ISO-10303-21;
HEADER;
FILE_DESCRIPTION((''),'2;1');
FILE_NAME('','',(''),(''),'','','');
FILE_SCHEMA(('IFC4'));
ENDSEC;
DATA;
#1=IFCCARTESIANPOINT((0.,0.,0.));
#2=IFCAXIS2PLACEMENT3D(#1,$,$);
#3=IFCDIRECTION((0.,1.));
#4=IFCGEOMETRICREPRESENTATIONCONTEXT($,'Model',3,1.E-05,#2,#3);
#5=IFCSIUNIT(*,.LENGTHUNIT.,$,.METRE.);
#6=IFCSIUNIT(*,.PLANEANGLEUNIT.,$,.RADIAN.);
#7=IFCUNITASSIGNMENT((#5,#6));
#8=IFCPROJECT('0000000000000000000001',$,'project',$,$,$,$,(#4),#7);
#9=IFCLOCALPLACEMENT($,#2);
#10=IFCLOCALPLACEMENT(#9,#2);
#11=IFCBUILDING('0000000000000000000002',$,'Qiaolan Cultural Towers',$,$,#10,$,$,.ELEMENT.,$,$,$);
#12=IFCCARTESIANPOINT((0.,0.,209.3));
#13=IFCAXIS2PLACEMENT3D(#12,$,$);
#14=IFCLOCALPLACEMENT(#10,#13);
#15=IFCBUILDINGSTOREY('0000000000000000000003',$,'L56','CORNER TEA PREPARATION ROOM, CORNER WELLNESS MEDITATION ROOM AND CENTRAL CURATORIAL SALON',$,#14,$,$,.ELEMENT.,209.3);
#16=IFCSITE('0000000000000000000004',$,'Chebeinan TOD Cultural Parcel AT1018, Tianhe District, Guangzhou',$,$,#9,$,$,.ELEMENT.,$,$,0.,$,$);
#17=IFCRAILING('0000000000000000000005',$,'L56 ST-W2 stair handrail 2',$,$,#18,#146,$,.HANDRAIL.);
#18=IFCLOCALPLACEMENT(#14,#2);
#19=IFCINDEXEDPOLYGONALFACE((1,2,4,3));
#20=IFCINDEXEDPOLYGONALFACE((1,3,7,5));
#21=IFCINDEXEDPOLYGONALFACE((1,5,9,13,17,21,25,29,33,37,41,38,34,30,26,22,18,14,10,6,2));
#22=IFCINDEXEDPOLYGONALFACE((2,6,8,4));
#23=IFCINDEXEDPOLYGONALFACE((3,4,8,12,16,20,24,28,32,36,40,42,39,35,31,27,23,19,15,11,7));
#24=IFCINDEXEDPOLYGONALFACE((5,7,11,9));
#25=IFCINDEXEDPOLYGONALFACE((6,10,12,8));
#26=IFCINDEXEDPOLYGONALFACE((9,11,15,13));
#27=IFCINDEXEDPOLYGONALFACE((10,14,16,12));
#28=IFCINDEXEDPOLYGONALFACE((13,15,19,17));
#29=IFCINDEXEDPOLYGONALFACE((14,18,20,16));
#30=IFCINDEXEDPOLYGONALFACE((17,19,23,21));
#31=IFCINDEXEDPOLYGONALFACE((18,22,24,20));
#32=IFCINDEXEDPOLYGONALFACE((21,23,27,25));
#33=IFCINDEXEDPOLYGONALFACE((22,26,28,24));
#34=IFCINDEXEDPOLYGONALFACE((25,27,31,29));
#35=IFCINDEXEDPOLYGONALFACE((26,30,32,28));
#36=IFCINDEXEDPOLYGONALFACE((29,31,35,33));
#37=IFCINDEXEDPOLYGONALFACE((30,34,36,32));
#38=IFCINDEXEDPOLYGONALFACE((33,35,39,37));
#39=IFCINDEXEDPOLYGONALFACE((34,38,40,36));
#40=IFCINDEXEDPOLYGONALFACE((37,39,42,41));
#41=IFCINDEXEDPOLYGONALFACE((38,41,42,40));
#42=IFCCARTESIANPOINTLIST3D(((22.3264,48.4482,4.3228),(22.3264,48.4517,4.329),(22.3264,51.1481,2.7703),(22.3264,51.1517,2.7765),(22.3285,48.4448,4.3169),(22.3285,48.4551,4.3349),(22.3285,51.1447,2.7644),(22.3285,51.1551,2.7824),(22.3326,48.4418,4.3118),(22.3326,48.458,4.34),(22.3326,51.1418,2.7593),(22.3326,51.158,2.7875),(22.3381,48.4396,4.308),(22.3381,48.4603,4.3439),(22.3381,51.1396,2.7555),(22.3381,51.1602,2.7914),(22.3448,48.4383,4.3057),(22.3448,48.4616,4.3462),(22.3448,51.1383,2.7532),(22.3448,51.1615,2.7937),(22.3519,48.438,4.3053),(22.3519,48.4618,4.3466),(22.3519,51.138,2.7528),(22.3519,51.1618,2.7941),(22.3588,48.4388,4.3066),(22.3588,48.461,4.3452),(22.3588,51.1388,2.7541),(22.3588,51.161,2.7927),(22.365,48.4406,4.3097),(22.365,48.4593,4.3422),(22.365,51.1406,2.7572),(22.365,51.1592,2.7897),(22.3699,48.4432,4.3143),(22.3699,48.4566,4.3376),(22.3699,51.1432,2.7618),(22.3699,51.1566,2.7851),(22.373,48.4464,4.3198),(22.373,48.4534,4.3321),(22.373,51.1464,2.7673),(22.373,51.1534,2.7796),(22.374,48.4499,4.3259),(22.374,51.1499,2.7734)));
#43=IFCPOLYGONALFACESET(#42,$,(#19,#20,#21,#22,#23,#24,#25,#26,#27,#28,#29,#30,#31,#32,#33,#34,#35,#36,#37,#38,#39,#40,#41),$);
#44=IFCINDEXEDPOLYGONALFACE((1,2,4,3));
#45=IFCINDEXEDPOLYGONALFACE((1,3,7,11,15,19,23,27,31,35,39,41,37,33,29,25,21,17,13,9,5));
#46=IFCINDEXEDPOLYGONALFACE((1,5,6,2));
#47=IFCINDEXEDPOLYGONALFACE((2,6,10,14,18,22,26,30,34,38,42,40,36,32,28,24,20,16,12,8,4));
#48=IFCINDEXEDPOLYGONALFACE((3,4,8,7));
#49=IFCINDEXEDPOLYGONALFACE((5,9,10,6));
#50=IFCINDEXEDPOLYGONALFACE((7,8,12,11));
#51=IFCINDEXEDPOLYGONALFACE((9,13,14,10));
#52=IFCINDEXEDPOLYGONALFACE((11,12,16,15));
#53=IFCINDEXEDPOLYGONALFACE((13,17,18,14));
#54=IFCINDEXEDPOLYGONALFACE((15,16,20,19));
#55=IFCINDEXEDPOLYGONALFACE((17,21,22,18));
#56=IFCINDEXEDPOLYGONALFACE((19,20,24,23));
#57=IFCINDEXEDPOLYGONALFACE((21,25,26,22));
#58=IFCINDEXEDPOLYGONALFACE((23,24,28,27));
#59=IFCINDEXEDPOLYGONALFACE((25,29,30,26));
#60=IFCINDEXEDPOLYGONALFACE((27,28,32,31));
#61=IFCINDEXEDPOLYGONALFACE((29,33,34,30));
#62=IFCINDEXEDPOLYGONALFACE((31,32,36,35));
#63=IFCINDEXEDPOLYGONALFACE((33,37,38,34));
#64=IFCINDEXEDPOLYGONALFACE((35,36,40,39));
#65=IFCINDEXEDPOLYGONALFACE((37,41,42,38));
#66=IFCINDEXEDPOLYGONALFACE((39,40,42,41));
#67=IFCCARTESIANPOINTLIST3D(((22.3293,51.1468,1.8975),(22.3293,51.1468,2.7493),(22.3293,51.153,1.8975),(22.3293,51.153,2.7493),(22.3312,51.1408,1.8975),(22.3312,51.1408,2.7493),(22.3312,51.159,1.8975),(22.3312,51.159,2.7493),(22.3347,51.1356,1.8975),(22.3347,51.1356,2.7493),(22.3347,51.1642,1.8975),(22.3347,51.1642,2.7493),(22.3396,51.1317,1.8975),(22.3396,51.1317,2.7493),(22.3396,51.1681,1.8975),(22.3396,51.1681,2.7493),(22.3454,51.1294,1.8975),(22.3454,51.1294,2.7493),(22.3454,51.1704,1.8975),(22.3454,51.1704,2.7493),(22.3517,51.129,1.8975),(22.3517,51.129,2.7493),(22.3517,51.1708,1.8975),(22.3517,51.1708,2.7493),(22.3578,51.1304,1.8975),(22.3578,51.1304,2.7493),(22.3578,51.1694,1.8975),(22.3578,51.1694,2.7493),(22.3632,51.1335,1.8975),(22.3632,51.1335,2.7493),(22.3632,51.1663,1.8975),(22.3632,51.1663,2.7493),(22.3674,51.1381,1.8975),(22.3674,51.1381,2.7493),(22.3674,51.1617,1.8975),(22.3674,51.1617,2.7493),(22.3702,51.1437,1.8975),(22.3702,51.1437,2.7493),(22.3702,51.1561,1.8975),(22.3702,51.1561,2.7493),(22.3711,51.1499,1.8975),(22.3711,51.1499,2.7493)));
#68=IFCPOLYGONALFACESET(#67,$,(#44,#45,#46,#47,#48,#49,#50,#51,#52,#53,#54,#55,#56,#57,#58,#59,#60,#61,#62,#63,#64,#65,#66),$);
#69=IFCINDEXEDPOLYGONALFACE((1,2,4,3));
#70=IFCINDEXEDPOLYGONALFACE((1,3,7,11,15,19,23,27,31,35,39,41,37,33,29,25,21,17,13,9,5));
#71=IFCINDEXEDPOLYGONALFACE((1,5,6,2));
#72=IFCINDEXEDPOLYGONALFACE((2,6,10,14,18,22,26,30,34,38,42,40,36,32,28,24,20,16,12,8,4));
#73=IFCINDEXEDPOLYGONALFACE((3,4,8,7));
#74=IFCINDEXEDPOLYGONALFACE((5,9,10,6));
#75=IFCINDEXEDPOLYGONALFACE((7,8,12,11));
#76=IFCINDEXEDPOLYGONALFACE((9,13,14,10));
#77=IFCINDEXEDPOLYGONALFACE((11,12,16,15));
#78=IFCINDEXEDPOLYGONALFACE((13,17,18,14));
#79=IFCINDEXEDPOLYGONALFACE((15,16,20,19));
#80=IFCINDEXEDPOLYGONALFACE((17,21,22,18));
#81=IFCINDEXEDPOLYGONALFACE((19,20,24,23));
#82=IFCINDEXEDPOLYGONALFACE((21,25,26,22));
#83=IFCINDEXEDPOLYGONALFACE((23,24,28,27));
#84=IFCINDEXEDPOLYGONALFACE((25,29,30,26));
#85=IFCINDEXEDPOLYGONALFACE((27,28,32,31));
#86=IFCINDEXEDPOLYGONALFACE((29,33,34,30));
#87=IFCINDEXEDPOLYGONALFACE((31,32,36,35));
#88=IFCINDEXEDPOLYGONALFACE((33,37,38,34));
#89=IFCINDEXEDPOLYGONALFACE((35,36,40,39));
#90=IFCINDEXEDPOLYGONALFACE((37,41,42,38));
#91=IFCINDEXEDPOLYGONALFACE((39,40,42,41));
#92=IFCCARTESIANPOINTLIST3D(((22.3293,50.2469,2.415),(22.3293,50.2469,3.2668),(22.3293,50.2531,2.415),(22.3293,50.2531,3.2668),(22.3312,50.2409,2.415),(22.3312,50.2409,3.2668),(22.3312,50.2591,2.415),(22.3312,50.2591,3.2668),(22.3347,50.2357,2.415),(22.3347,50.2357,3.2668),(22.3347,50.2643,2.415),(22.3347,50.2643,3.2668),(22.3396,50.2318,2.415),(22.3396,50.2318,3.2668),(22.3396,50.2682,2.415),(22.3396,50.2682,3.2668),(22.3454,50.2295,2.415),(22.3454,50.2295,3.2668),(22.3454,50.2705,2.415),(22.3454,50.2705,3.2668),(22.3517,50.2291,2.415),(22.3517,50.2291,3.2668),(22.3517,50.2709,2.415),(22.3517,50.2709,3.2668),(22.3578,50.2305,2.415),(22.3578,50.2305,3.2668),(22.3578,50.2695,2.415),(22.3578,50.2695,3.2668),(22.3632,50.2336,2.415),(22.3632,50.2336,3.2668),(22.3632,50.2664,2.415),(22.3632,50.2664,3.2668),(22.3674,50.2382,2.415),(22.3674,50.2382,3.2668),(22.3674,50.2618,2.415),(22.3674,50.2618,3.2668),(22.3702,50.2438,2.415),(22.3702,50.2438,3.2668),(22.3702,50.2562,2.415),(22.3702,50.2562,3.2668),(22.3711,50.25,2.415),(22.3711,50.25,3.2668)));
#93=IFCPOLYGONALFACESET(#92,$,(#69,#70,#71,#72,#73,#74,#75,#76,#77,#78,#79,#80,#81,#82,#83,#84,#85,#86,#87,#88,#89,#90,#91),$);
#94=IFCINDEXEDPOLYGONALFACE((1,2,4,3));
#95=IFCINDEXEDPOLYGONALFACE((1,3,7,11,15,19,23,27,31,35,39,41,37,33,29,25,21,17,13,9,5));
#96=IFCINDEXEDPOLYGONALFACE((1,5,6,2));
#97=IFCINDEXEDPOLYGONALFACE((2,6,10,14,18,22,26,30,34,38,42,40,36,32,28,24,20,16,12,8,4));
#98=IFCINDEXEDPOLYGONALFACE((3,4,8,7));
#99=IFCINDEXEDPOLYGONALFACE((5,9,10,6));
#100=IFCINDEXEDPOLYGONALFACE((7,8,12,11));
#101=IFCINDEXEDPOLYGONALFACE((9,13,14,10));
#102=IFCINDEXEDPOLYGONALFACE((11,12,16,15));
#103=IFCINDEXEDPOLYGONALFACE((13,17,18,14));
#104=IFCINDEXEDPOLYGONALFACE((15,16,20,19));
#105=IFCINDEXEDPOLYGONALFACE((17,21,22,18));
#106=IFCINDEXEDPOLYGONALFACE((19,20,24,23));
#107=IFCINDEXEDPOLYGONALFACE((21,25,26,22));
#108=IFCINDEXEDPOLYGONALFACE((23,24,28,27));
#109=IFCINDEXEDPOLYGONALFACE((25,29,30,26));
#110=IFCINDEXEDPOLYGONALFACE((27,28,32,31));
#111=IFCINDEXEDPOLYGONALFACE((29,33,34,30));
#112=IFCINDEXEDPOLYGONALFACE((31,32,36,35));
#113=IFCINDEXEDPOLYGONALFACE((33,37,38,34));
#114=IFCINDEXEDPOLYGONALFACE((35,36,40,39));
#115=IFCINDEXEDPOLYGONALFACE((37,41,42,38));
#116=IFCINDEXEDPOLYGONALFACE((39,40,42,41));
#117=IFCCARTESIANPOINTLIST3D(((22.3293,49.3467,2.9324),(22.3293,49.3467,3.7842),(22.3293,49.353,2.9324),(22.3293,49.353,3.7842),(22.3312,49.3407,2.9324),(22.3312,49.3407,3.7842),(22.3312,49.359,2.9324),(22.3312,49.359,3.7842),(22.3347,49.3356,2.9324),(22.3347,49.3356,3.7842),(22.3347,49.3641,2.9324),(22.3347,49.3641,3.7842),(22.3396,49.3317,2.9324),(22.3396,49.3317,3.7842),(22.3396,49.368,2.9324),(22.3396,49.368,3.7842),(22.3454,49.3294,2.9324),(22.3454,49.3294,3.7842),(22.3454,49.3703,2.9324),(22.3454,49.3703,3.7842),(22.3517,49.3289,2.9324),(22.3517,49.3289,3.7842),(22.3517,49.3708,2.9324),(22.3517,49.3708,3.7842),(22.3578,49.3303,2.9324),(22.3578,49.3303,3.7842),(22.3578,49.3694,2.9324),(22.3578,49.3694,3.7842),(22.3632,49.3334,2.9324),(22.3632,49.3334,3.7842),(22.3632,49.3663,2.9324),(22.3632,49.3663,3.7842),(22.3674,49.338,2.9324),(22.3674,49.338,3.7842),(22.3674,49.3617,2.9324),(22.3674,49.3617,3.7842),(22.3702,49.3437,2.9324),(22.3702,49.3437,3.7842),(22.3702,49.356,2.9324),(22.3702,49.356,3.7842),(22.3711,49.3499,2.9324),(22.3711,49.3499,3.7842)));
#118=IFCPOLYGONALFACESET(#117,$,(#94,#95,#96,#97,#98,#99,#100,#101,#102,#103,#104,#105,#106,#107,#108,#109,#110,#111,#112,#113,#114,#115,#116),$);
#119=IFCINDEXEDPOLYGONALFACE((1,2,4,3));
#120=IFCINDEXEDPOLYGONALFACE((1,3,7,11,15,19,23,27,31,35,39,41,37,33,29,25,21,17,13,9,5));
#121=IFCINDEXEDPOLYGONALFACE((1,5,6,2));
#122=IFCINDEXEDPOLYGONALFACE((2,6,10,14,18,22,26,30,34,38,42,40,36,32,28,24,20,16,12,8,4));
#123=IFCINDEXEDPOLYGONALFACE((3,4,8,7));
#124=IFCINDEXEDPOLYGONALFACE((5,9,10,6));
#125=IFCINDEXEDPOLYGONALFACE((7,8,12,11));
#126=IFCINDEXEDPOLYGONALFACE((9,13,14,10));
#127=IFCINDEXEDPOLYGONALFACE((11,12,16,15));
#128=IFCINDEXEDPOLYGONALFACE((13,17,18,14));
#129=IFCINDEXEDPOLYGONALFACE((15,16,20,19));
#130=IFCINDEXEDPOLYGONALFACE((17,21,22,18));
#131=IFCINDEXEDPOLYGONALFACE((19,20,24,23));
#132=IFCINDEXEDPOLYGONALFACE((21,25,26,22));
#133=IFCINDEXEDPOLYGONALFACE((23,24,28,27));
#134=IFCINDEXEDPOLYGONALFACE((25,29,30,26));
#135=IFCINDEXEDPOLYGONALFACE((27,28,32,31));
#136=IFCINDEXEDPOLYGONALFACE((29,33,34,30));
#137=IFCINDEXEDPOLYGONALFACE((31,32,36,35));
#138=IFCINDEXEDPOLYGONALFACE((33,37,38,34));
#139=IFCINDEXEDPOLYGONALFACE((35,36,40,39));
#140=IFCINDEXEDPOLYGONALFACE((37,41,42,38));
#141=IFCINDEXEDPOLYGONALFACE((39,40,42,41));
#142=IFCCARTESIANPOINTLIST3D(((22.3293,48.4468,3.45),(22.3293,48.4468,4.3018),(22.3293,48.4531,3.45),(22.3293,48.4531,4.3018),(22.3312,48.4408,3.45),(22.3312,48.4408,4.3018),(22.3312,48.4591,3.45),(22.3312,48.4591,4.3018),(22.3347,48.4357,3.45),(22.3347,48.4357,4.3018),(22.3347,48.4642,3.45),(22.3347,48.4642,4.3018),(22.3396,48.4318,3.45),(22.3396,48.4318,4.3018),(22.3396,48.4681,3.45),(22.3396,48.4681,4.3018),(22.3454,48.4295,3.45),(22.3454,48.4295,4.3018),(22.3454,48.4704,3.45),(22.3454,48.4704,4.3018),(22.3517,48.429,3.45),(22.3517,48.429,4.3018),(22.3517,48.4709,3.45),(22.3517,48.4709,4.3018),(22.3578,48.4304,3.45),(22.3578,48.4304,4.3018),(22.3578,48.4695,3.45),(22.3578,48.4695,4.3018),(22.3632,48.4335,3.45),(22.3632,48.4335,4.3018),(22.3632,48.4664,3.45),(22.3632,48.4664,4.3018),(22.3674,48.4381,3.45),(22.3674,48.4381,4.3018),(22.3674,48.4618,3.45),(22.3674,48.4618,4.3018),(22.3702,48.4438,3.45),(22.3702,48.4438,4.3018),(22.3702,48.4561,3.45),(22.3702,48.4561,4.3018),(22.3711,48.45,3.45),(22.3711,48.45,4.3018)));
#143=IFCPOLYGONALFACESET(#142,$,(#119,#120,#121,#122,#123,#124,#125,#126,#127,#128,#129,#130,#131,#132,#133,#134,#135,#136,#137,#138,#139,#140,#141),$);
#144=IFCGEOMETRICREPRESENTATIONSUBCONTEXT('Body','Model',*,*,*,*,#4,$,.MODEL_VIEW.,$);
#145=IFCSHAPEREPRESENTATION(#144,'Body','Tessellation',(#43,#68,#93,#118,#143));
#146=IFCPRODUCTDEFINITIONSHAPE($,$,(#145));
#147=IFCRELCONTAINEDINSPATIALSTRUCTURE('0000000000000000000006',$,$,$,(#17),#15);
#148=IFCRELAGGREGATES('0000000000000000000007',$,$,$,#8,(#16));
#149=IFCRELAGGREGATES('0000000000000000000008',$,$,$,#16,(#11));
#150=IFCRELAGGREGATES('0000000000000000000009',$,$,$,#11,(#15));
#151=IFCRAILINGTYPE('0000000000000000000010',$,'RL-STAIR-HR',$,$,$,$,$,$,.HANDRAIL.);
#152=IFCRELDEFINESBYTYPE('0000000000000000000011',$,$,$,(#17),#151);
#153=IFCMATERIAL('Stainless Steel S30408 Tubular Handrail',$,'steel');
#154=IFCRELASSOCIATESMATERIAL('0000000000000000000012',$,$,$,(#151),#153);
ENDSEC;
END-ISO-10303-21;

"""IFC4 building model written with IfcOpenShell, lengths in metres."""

from ifc_helpers import new_model, si_unit, direction, frame, origin, origin_2d, place, context, subcontext, project, spatial, circle, extrude, material, type_object, element, save


model = new_model("IFC4")

# Units and contexts
model_context = context("Model", 3, precision=1e-05, world=origin(), true_north=direction((0.0, 1.0)))
body_context = subcontext(model_context, "Body", "Model", "MODEL_VIEW")
ifc_project = project(units=[si_unit("LENGTHUNIT", "METRE"), si_unit("PLANEANGLEUNIT", "RADIAN")], contexts=[model_context])

# Site, building, storey
site_placement = place(None, origin())
site = spatial("IfcSite", under=ifc_project, at=site_placement, Name="Chebeinan TOD Cultural Parcel AT1018, Tianhe District, Guangzhou", CompositionType="ELEMENT", RefElevation=0.0)
building_placement = place(site_placement, origin())
building = spatial("IfcBuilding", under=site, at=building_placement, Name="Qiaolan Cultural Towers", CompositionType="ELEMENT")
storey_placement = place(building_placement, frame((0.0, 0.0, 209.3)))
storey = spatial("IfcBuildingStorey", under=building, at=storey_placement, Name="L56", Description="CORNER TEA PREPARATION ROOM, CORNER WELLNESS MEDITATION ROOM AND CENTRAL CURATORIAL SALON", CompositionType="ELEMENT", Elevation=209.3)

# Railing
ifc_material_1 = material(Name="Stainless Steel S30408 Tubular Handrail", Category="steel")
railing_type_1 = type_object("IfcRailingType", Name="RL-STAIR-HR", PredefinedType="HANDRAIL", material=ifc_material_1)
railing_1_placement = place(storey_placement, frame((22.3501, 51.1499, 1.8975)))
element("IfcRailing", 1, at=railing_1_placement, inside=storey, type_object=railing_type_1, Name="L56 ST-W2 stair handrail 2", PredefinedType="HANDRAIL", context=body_context, shape_type="SweptSolid", body=[
    extrude(circle(Radius=0.0239, at=origin_2d()), frame((0.0, 0.0, 0.876), z_axis=(0.0, -0.866904, 0.498476), x_axis=(1.0, 0.0, 0.0)), (0.0, 0.0, 1.0), 3.1145),
    extrude(circle(Radius=0.021, at=origin_2d()), origin(), (0.0, 0.0, 1.0), 0.8518),
    extrude(circle(Radius=0.021, at=origin_2d()), frame((0.0, -0.8999, 0.5176)), (0.0, 0.0, 1.0), 0.8518),
    extrude(circle(Radius=0.021, at=origin_2d()), frame((0.0, -1.8, 1.0349)), (0.0, 0.0, 1.0), 0.8518),
    extrude(circle(Radius=0.021, at=origin_2d()), frame((0.0, -2.7, 1.5525)), (0.0, 0.0, 1.0), 0.8518),
])

save(model, "model.ifc")
